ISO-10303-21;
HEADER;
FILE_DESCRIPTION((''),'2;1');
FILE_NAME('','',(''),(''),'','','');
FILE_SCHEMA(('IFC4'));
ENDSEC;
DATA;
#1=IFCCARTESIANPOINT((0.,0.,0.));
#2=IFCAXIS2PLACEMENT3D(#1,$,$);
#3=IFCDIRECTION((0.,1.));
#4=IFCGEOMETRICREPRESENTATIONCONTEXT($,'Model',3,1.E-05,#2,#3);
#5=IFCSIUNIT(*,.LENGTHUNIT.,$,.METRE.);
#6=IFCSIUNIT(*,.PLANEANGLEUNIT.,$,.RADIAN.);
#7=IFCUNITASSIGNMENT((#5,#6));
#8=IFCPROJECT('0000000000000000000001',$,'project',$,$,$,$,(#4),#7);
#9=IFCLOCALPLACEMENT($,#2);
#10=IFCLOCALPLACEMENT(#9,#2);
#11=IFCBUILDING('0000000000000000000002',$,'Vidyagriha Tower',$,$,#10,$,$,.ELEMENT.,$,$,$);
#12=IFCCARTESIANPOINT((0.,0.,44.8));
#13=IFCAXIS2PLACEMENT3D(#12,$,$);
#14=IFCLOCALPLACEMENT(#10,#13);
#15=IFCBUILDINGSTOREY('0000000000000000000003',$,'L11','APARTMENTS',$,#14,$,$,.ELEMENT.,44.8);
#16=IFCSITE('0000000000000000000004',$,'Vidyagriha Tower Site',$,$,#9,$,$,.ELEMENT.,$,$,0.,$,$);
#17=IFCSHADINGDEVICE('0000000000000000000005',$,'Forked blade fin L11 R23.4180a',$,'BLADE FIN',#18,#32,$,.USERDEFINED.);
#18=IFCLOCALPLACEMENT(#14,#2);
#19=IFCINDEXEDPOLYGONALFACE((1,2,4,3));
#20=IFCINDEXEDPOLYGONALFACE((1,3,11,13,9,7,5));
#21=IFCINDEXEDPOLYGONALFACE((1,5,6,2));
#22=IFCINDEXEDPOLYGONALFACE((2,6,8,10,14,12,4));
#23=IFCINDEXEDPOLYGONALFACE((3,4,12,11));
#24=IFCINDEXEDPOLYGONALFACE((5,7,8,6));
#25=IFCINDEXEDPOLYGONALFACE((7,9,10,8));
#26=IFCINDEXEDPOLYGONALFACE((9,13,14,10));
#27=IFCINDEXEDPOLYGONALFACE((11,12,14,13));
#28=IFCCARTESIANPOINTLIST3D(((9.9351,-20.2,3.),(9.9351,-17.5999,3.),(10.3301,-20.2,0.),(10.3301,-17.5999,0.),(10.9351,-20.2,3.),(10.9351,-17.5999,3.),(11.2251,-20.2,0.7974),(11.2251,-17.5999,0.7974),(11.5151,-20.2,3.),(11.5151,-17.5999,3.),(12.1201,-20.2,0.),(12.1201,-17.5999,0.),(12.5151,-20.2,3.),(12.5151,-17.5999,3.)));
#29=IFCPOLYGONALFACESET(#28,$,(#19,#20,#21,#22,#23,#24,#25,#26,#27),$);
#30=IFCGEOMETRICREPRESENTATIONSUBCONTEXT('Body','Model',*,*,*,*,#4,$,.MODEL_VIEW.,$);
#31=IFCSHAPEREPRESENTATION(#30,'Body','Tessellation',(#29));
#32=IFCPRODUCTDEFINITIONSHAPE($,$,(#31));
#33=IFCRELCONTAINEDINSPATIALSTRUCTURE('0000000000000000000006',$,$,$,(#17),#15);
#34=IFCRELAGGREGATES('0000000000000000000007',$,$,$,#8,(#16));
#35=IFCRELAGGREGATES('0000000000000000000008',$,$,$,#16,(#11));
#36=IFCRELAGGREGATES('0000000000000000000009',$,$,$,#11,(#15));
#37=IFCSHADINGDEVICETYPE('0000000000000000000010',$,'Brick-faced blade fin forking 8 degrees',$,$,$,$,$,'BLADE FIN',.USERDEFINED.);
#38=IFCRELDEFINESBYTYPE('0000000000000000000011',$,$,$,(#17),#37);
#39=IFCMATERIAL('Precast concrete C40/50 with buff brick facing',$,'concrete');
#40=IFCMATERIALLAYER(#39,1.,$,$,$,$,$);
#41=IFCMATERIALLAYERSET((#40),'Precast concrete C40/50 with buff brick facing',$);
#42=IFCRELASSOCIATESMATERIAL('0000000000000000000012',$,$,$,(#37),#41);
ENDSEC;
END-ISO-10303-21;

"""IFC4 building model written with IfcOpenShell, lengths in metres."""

from ifc_helpers import new_model, si_unit, direction, frame, origin, place, context, subcontext, project, spatial, polyline, outline, extrude, material, layer, layer_set, type_object, element, save


model = new_model("IFC4")

# Units and contexts
model_context = context("Model", 3, precision=1e-05, world=origin(), true_north=direction((0.0, 1.0)))
body_context = subcontext(model_context, "Body", "Model", "MODEL_VIEW")
ifc_project = project(units=[si_unit("LENGTHUNIT", "METRE"), si_unit("PLANEANGLEUNIT", "RADIAN")], contexts=[model_context])

# Site, building, storey
site_placement = place(None, origin())
site = spatial("IfcSite", under=ifc_project, at=site_placement, Name="Vidyagriha Tower Site", CompositionType="ELEMENT", RefElevation=0.0)
building_placement = place(site_placement, origin())
building = spatial("IfcBuilding", under=site, at=building_placement, Name="Vidyagriha Tower", CompositionType="ELEMENT")
storey_placement = place(building_placement, frame((0.0, 0.0, 44.8)))
storey = spatial("IfcBuildingStorey", under=building, at=storey_placement, Name="L11", Description="APARTMENTS", CompositionType="ELEMENT", Elevation=44.8)

# Shading device
ifc_material_1 = material(Name="Precast concrete C40/50 with buff brick facing", Category="concrete")
ifc_layer_1 = layer(ifc_material_1, 1.0)
ifc_layer_set_1 = layer_set([ifc_layer_1], Name="Precast concrete C40/50 with buff brick facing")
shading_device_type_1 = type_object("IfcShadingDeviceType", Name="Brick-faced blade fin forking 8 degrees", ElementType="BLADE FIN", PredefinedType="USERDEFINED", material=ifc_layer_set_1)
shading_device_1_placement = place(storey_placement, frame((9.9351, -18.8999, 0.0)))
element("IfcShadingDevice", 1, at=shading_device_1_placement, inside=storey, type_object=shading_device_type_1, Name="Forked blade fin L11 R23.4180a", ObjectType="BLADE FIN", PredefinedType="USERDEFINED", context=body_context, shape_type="SweptSolid", body=[
    extrude(outline(polyline([(0.395, 0.0), (2.1851, 0.0), (2.5801, 3.0), (1.5801, 3.0), (1.29, 0.7974), (1.0, 3.0), (0.0, 3.0), (0.395, 0.0)])), frame((0.0, 1.3, 0.0), z_axis=(0.0, -1.0, 0.0), x_axis=(1.0, 0.0, 0.0)), (0.0, 0.0, 1.0), 2.6001),
])

save(model, "model.ifc")
